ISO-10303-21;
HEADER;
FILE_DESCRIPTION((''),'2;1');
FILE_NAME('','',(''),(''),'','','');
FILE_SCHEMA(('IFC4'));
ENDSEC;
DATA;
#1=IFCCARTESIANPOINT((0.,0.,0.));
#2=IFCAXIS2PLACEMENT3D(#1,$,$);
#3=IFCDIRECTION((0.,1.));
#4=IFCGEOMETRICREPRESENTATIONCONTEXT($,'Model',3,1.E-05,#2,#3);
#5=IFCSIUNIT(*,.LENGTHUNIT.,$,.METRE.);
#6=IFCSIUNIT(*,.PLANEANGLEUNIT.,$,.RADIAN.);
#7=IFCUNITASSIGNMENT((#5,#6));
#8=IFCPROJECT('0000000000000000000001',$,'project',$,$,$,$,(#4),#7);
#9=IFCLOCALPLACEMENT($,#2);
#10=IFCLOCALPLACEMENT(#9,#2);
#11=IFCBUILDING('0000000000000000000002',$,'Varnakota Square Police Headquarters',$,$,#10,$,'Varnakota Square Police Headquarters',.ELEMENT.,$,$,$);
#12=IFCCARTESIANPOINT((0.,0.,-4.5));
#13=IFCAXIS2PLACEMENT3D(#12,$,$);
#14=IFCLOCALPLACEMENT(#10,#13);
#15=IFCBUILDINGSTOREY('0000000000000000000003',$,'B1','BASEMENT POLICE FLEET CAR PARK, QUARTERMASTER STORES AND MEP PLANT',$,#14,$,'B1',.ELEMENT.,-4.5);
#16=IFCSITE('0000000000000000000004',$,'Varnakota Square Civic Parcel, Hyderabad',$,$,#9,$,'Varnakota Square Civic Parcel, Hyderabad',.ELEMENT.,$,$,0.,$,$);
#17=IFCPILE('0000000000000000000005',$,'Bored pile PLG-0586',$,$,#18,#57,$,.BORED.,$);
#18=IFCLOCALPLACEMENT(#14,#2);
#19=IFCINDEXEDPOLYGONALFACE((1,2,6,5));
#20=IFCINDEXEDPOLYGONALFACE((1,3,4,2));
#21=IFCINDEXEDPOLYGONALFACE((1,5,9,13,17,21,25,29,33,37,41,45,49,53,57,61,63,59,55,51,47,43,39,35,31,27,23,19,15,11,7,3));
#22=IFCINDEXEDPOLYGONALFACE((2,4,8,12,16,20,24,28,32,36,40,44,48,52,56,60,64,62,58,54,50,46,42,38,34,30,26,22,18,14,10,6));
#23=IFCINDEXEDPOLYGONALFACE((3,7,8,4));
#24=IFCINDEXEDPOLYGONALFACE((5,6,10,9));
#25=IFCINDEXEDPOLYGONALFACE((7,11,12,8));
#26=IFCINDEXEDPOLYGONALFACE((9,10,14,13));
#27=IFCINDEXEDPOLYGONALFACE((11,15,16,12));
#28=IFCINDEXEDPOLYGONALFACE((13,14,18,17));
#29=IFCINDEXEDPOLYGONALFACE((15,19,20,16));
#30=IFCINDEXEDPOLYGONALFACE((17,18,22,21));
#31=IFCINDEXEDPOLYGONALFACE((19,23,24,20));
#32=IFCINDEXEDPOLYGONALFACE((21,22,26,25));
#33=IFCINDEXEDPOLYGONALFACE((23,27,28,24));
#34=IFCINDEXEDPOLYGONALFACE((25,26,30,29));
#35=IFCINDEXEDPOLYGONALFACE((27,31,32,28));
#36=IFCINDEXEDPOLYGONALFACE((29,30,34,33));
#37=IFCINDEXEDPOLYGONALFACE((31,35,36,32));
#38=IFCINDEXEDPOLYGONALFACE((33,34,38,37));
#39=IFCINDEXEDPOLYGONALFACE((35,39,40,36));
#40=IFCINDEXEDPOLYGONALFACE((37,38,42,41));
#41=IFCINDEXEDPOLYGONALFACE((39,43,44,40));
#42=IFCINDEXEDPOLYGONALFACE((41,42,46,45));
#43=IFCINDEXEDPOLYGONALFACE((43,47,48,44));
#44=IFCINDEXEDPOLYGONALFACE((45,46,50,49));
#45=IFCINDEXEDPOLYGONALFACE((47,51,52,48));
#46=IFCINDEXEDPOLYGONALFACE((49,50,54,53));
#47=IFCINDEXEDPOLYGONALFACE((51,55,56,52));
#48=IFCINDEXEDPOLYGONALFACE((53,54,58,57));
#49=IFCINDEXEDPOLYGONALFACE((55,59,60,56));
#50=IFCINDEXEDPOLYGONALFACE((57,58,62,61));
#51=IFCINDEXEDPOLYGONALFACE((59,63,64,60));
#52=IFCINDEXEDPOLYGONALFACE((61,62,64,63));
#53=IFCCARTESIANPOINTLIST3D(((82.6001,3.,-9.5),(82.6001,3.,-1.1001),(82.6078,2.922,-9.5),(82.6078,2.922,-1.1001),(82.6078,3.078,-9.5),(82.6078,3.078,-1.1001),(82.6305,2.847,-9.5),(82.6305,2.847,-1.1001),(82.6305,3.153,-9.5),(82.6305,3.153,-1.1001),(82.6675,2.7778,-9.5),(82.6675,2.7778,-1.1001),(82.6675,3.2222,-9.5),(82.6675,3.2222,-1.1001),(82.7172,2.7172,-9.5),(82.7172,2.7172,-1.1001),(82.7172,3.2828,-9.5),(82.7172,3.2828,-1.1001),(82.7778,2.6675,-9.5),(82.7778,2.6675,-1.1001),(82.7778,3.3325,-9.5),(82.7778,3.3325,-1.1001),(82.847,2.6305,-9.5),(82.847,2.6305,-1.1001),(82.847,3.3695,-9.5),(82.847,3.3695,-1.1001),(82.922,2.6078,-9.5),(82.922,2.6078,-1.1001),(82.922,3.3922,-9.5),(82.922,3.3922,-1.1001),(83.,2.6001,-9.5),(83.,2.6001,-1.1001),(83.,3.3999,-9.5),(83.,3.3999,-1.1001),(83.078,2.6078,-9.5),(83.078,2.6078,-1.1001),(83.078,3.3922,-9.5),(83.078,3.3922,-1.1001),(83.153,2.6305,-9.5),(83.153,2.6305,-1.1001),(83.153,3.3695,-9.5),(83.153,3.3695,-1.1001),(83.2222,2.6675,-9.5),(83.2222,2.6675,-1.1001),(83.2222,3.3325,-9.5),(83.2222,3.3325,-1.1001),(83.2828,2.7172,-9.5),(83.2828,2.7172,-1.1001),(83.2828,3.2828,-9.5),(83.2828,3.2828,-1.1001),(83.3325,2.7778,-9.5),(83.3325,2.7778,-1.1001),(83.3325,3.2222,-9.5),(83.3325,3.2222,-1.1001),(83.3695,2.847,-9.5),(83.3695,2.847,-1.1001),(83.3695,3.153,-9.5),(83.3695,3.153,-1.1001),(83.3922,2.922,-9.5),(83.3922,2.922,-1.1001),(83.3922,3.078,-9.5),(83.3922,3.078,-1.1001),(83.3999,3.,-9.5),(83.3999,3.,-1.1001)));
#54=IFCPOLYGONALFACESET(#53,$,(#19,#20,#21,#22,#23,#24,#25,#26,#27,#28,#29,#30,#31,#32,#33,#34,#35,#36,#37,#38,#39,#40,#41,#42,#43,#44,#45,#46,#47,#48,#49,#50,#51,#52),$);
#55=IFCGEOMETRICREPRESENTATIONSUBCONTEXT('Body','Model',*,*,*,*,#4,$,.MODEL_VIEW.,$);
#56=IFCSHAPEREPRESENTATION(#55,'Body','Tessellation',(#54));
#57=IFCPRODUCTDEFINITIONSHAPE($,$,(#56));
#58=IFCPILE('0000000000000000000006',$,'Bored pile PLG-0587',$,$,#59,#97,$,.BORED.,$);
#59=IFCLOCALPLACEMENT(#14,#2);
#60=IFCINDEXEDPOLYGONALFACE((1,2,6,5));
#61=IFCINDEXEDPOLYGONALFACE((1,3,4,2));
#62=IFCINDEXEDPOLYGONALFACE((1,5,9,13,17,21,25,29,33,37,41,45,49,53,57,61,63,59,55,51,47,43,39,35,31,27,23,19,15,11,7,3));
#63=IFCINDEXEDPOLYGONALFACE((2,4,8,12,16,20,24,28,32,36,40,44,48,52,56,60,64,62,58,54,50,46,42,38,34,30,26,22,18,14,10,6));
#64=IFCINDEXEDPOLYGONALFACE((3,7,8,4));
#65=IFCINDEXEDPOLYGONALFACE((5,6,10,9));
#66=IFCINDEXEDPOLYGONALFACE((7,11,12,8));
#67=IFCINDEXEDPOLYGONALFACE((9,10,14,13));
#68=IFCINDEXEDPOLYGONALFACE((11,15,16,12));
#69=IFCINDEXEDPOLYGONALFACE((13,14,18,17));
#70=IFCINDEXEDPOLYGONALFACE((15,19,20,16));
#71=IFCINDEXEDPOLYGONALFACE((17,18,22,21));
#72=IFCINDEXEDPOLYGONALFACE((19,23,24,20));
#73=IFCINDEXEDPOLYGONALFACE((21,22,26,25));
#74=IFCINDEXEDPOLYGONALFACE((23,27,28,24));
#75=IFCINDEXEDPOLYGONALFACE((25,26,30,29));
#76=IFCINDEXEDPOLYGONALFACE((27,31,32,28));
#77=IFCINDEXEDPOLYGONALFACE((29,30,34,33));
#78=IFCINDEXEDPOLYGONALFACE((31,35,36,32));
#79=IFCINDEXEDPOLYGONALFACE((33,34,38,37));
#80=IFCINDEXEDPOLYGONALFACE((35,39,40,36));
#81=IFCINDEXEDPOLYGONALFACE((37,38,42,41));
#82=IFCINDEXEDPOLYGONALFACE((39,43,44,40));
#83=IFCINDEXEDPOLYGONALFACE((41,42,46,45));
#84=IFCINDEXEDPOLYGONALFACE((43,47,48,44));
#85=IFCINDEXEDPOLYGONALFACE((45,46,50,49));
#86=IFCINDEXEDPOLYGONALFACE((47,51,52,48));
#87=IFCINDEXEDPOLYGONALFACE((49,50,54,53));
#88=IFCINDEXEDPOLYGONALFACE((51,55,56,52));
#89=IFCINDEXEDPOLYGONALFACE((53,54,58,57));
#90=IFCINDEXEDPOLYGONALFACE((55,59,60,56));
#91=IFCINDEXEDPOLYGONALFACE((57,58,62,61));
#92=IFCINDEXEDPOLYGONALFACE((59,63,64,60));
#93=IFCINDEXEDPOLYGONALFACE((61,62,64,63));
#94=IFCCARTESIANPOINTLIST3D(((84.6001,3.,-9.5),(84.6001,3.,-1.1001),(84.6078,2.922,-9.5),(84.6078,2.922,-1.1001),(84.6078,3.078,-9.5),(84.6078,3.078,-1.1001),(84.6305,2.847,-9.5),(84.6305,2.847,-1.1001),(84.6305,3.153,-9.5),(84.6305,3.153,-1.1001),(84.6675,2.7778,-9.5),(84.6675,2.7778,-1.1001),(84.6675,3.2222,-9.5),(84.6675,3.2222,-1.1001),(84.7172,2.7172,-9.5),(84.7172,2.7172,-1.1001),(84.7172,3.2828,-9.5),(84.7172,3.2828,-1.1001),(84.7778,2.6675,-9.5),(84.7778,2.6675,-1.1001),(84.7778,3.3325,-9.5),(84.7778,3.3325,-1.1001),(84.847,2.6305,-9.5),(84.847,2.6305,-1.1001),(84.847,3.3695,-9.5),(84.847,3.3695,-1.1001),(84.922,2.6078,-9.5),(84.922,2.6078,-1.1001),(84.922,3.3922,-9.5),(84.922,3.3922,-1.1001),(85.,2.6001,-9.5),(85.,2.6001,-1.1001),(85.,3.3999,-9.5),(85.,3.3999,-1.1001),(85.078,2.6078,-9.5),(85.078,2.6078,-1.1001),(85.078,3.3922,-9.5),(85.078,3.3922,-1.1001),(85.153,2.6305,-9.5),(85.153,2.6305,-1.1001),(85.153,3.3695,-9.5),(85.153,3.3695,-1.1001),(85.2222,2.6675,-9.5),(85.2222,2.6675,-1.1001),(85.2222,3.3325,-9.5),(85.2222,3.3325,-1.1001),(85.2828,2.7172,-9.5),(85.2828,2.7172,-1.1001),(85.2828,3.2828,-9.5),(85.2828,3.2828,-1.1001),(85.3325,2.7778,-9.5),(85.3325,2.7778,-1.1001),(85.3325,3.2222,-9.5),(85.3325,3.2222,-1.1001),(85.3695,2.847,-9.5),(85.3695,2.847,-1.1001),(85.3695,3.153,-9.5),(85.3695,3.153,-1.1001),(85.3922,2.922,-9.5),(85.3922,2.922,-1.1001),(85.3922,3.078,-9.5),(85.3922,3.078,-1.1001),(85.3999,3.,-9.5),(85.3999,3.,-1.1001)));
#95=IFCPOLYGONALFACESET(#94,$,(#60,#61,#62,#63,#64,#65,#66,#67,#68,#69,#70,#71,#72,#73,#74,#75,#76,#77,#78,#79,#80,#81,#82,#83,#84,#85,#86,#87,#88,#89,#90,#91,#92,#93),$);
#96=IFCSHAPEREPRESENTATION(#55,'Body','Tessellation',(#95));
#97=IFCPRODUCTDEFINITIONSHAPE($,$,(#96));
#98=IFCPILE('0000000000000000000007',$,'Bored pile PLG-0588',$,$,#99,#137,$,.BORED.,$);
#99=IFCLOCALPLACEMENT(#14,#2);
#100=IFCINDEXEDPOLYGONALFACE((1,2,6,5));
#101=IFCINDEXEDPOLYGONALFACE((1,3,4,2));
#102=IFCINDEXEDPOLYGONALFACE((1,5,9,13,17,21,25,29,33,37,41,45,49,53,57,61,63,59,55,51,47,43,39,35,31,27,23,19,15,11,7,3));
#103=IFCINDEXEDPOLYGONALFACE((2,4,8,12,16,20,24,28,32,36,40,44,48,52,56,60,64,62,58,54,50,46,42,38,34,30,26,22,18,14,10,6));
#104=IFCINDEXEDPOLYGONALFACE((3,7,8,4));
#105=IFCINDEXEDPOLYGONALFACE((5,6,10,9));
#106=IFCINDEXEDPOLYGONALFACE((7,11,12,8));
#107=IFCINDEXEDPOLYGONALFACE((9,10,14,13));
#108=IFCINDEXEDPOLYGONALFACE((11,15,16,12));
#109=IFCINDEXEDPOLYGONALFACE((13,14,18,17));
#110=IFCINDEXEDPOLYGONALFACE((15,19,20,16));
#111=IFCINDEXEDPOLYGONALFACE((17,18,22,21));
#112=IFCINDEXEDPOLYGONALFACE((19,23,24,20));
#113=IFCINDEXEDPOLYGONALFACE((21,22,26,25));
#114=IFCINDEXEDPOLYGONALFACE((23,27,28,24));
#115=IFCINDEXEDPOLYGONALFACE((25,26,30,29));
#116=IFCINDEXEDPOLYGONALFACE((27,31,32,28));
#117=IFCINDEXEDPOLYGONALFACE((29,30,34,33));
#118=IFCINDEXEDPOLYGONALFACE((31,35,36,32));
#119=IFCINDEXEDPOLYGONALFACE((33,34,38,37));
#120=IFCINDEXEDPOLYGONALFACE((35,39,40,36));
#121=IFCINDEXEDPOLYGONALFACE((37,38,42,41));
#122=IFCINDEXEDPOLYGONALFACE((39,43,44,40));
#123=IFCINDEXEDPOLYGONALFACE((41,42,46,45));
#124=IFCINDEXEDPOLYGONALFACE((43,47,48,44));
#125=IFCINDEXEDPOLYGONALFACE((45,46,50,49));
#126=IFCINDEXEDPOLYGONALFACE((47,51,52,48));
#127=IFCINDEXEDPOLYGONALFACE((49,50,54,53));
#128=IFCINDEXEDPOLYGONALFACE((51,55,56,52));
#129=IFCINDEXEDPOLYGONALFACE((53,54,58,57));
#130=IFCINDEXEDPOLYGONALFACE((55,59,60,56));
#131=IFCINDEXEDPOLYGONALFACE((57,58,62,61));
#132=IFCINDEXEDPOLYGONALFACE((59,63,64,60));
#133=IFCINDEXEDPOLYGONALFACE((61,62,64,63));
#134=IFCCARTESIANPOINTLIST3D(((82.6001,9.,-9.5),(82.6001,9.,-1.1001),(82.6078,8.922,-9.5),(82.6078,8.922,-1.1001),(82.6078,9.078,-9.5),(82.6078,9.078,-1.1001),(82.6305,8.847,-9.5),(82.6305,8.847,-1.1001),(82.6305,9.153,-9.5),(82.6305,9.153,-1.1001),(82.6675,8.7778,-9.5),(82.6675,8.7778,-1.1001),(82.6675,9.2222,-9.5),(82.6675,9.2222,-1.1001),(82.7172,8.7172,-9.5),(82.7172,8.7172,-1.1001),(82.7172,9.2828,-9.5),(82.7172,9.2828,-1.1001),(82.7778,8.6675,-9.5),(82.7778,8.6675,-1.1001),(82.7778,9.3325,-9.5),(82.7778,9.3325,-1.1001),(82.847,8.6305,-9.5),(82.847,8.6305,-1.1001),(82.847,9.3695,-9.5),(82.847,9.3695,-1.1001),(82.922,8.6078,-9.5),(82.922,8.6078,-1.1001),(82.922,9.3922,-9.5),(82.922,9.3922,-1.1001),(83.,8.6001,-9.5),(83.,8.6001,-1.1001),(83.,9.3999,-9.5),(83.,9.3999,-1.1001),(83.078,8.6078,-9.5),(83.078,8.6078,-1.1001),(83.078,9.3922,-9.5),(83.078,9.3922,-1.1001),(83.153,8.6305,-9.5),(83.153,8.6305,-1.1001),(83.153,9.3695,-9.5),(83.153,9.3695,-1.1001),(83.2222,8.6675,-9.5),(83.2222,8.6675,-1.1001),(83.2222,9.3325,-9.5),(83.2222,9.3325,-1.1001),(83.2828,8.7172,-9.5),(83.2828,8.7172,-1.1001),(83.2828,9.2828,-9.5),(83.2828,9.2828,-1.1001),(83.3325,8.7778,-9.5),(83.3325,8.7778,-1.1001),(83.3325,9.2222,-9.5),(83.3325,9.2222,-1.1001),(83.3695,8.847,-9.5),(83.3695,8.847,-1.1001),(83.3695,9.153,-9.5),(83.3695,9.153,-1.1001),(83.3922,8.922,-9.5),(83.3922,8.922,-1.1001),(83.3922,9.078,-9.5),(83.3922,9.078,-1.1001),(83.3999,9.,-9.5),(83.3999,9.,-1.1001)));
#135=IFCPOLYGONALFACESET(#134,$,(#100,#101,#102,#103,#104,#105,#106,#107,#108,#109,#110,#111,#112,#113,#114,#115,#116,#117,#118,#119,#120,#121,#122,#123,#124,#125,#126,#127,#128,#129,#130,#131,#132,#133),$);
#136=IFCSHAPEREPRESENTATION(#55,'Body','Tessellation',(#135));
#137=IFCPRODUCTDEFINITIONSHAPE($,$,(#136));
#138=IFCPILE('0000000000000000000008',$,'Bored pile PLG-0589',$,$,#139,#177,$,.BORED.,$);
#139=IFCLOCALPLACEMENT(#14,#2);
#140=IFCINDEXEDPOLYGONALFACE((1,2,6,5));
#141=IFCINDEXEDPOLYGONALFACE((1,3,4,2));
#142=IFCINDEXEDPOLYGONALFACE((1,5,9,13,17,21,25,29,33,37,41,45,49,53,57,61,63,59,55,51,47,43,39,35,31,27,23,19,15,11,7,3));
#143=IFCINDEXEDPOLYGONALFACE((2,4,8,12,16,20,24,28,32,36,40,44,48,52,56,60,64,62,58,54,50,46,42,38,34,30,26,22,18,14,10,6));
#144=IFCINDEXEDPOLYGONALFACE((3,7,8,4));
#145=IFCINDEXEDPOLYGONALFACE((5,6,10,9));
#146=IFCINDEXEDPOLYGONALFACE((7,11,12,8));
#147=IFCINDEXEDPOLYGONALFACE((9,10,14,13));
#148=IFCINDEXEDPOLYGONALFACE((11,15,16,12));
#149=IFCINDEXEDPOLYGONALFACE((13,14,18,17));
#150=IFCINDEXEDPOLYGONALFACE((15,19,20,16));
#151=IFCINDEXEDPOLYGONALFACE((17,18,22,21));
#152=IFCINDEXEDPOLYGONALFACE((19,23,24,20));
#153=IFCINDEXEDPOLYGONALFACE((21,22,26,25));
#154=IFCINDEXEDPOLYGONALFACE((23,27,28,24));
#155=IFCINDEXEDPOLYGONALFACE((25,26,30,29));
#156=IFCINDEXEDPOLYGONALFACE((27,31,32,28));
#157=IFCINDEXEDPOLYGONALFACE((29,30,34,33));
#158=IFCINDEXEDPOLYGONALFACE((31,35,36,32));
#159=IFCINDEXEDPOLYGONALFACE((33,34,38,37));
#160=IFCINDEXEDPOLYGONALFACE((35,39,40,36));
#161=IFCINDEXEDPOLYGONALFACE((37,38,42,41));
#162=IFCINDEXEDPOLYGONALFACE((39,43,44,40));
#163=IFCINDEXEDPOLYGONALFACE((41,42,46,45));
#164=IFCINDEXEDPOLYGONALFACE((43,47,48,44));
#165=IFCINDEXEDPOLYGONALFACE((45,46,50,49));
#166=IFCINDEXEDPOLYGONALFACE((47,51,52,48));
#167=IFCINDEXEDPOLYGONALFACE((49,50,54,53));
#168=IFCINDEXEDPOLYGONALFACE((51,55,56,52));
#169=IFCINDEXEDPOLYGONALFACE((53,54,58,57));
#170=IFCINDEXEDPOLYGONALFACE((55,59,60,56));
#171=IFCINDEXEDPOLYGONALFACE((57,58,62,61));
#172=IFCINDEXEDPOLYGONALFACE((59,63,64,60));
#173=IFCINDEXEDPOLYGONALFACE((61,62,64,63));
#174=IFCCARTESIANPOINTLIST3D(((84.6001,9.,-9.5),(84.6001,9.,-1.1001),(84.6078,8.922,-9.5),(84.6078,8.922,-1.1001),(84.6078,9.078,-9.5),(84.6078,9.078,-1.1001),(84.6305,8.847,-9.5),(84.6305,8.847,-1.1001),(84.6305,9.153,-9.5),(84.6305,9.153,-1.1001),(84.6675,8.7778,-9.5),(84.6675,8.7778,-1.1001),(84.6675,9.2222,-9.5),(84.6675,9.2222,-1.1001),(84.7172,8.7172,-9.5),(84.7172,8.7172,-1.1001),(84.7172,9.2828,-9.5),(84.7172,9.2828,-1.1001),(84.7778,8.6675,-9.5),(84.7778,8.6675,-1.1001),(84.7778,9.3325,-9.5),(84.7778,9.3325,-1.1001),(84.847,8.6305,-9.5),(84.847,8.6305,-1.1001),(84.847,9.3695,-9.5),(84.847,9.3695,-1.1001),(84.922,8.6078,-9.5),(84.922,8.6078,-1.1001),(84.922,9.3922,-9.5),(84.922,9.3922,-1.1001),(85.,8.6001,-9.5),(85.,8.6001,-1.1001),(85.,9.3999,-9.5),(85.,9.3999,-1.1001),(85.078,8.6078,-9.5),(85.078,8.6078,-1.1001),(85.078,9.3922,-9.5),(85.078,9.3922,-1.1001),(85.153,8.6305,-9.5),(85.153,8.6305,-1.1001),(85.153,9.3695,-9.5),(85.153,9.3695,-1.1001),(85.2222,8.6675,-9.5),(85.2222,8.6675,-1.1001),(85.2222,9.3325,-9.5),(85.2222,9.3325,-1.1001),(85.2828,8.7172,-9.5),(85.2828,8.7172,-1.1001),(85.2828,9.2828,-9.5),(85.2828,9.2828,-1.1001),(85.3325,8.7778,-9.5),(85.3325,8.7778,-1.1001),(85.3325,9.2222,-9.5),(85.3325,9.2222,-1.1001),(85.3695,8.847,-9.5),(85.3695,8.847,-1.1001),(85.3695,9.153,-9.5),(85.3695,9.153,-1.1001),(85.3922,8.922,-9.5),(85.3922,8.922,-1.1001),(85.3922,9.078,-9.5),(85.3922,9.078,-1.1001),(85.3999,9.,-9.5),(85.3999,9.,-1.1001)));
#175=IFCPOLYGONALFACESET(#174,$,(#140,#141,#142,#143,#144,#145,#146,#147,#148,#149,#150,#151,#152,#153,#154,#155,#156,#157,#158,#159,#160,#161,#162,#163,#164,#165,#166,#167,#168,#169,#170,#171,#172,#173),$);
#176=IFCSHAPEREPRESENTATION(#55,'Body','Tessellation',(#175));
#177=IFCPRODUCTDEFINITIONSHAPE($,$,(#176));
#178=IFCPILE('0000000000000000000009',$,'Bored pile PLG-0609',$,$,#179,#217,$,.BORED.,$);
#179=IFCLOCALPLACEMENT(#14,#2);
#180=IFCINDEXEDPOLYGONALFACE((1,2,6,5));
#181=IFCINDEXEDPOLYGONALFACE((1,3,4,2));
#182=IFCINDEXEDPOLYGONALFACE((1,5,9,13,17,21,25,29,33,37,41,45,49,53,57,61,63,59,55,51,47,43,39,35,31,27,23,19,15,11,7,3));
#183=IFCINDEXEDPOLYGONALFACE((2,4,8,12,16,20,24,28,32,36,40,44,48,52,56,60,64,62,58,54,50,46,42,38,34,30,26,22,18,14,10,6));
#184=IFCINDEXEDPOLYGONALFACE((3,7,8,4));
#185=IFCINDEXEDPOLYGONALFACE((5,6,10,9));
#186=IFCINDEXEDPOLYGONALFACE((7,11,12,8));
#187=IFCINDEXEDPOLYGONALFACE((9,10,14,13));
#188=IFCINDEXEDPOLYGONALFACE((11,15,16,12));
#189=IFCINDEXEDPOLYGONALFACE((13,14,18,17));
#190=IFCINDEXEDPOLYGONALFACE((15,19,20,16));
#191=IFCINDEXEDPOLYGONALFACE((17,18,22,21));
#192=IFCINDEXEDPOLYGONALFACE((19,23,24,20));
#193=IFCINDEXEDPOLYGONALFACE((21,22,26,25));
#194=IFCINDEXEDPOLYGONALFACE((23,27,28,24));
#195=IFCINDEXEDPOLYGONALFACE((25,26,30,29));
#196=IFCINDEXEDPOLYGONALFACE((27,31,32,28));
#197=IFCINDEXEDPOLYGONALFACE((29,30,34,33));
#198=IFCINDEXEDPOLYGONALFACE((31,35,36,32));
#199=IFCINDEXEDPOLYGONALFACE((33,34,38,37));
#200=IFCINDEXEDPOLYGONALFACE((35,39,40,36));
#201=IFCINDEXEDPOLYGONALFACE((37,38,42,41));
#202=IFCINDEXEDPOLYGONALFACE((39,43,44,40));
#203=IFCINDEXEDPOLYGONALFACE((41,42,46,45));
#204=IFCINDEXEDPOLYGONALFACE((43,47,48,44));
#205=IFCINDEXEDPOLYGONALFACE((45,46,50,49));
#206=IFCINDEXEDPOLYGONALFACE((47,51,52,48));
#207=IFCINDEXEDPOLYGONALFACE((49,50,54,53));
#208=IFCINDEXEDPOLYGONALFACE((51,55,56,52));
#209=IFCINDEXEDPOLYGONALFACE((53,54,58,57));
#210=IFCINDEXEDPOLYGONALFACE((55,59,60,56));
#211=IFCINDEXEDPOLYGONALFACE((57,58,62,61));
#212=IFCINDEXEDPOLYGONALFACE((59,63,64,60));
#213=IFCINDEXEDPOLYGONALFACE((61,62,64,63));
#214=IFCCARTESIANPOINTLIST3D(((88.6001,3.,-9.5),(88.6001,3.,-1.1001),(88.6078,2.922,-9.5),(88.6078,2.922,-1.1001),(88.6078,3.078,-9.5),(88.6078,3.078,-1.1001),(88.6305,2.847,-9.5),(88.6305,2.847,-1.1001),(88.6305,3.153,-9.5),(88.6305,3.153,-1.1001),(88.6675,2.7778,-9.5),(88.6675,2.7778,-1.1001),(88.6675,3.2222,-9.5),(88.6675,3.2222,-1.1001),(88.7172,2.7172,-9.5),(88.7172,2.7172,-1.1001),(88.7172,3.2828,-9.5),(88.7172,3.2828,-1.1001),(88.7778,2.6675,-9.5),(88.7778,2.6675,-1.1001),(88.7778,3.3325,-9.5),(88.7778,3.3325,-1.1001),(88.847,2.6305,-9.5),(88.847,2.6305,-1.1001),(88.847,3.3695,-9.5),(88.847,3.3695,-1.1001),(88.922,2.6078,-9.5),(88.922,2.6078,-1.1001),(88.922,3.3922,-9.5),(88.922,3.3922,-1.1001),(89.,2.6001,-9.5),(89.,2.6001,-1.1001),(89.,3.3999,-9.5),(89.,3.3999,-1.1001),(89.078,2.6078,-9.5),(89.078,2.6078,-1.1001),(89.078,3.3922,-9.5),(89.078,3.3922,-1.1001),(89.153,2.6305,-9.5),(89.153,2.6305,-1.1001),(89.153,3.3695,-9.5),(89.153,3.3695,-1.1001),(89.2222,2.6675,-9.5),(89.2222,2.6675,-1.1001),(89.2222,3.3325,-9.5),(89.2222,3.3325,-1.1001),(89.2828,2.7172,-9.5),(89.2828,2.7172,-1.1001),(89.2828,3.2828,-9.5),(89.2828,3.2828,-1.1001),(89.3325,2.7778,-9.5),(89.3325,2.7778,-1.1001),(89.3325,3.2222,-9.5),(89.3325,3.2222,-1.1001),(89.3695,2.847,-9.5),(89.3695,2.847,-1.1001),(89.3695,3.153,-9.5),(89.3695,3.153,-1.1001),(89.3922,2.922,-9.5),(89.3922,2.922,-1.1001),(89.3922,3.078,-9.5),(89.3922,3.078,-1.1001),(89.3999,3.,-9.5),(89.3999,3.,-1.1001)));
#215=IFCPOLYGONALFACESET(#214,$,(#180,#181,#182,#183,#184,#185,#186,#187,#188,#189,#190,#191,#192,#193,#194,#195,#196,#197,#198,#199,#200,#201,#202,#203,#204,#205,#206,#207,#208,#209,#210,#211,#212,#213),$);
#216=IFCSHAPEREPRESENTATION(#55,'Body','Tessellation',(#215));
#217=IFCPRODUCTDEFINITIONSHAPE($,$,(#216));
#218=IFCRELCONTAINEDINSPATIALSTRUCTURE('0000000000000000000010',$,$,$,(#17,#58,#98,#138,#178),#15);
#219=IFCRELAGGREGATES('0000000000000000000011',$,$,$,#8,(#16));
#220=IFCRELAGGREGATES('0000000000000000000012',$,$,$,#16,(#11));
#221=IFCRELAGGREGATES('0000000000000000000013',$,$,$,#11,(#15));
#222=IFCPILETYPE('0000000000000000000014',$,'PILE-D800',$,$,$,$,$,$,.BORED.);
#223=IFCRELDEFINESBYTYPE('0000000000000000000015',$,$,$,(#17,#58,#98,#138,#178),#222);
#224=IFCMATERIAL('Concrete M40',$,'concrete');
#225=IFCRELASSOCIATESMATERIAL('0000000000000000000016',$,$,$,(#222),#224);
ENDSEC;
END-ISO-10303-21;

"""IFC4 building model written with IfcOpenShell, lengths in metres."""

from ifc_helpers import new_model, si_unit, direction, frame, origin, origin_2d, place, context, subcontext, project, spatial, circle, extrude, material, material_profile, profile_set, type_object, element, save


model = new_model("IFC4")

# Units and contexts
model_context = context("Model", 3, precision=1e-05, world=origin(), true_north=direction((0.0, 1.0)))
body_context = subcontext(model_context, "Body", "Model", "MODEL_VIEW")
ifc_project = project(units=[si_unit("LENGTHUNIT", "METRE"), si_unit("PLANEANGLEUNIT", "RADIAN")], contexts=[model_context])

# Site, building, storey
site_placement = place(None, origin())
site = spatial("IfcSite", under=ifc_project, at=site_placement, Name="Varnakota Square Civic Parcel, Hyderabad", LongName="Varnakota Square Civic Parcel, Hyderabad", CompositionType="ELEMENT", RefElevation=0.0)
building_placement = place(site_placement, origin())
building = spatial("IfcBuilding", under=site, at=building_placement, Name="Varnakota Square Police Headquarters", LongName="Varnakota Square Police Headquarters", CompositionType="ELEMENT")
storey_placement = place(building_placement, frame((0.0, 0.0, -4.5)))
storey = spatial("IfcBuildingStorey", under=building, at=storey_placement, Name="B1", Description="BASEMENT POLICE FLEET CAR PARK, QUARTERMASTER STORES AND MEP PLANT", LongName="B1", CompositionType="ELEMENT", Elevation=-4.5)

# Shared definitions
ifc_material_1 = material(Name="Concrete M40", Category="concrete")

# Piles
ifc_material_profile_1 = material_profile(ifc_material_1, circle(Radius=0.3999, at=origin_2d()), Name="BORED PILE 800")
ifc_profile_set_1 = profile_set([ifc_material_profile_1], Name="Concrete M40")
pile_type = type_object("IfcPileType", Name="PILE-D800", PredefinedType="BORED", material=ifc_profile_set_1)
for number, where, z_axis, x_axis, name in (
    (1, (83.0, 3.0, -1.1001), (0.0, 0.0, -1.0), (1.0, 0.0, 0.0), "Bored pile PLG-0586"),
    (2, (85.0, 3.0, -1.1001), (0.0, 0.0, -1.0), (1.0, 0.0, 0.0), "Bored pile PLG-0587"),
    (3, (83.0, 9.0, -1.1001), (0.0, 0.0, -1.0), (1.0, 0.0, 0.0), "Bored pile PLG-0588"),
    (4, (85.0, 9.0, -1.1001), (0.0, 0.0, -1.0), (1.0, 0.0, 0.0), "Bored pile PLG-0589"),
    (5, (89.0, 3.0, -1.1001), (0.0, 0.0, -1.0), (1.0, 0.0, 0.0), "Bored pile PLG-0609"),
):
    element("IfcPile", number, at=place(storey_placement, frame(where, z_axis=z_axis, x_axis=x_axis)), inside=storey, type_object=pile_type, Name=name, PredefinedType="BORED", context=body_context, shape_type="SweptSolid", body=[
        extrude(circle(Radius=0.3999, at=origin_2d()), origin(), (0.0, 0.0, 1.0), 8.3999),
    ])

save(model, "model.ifc")
